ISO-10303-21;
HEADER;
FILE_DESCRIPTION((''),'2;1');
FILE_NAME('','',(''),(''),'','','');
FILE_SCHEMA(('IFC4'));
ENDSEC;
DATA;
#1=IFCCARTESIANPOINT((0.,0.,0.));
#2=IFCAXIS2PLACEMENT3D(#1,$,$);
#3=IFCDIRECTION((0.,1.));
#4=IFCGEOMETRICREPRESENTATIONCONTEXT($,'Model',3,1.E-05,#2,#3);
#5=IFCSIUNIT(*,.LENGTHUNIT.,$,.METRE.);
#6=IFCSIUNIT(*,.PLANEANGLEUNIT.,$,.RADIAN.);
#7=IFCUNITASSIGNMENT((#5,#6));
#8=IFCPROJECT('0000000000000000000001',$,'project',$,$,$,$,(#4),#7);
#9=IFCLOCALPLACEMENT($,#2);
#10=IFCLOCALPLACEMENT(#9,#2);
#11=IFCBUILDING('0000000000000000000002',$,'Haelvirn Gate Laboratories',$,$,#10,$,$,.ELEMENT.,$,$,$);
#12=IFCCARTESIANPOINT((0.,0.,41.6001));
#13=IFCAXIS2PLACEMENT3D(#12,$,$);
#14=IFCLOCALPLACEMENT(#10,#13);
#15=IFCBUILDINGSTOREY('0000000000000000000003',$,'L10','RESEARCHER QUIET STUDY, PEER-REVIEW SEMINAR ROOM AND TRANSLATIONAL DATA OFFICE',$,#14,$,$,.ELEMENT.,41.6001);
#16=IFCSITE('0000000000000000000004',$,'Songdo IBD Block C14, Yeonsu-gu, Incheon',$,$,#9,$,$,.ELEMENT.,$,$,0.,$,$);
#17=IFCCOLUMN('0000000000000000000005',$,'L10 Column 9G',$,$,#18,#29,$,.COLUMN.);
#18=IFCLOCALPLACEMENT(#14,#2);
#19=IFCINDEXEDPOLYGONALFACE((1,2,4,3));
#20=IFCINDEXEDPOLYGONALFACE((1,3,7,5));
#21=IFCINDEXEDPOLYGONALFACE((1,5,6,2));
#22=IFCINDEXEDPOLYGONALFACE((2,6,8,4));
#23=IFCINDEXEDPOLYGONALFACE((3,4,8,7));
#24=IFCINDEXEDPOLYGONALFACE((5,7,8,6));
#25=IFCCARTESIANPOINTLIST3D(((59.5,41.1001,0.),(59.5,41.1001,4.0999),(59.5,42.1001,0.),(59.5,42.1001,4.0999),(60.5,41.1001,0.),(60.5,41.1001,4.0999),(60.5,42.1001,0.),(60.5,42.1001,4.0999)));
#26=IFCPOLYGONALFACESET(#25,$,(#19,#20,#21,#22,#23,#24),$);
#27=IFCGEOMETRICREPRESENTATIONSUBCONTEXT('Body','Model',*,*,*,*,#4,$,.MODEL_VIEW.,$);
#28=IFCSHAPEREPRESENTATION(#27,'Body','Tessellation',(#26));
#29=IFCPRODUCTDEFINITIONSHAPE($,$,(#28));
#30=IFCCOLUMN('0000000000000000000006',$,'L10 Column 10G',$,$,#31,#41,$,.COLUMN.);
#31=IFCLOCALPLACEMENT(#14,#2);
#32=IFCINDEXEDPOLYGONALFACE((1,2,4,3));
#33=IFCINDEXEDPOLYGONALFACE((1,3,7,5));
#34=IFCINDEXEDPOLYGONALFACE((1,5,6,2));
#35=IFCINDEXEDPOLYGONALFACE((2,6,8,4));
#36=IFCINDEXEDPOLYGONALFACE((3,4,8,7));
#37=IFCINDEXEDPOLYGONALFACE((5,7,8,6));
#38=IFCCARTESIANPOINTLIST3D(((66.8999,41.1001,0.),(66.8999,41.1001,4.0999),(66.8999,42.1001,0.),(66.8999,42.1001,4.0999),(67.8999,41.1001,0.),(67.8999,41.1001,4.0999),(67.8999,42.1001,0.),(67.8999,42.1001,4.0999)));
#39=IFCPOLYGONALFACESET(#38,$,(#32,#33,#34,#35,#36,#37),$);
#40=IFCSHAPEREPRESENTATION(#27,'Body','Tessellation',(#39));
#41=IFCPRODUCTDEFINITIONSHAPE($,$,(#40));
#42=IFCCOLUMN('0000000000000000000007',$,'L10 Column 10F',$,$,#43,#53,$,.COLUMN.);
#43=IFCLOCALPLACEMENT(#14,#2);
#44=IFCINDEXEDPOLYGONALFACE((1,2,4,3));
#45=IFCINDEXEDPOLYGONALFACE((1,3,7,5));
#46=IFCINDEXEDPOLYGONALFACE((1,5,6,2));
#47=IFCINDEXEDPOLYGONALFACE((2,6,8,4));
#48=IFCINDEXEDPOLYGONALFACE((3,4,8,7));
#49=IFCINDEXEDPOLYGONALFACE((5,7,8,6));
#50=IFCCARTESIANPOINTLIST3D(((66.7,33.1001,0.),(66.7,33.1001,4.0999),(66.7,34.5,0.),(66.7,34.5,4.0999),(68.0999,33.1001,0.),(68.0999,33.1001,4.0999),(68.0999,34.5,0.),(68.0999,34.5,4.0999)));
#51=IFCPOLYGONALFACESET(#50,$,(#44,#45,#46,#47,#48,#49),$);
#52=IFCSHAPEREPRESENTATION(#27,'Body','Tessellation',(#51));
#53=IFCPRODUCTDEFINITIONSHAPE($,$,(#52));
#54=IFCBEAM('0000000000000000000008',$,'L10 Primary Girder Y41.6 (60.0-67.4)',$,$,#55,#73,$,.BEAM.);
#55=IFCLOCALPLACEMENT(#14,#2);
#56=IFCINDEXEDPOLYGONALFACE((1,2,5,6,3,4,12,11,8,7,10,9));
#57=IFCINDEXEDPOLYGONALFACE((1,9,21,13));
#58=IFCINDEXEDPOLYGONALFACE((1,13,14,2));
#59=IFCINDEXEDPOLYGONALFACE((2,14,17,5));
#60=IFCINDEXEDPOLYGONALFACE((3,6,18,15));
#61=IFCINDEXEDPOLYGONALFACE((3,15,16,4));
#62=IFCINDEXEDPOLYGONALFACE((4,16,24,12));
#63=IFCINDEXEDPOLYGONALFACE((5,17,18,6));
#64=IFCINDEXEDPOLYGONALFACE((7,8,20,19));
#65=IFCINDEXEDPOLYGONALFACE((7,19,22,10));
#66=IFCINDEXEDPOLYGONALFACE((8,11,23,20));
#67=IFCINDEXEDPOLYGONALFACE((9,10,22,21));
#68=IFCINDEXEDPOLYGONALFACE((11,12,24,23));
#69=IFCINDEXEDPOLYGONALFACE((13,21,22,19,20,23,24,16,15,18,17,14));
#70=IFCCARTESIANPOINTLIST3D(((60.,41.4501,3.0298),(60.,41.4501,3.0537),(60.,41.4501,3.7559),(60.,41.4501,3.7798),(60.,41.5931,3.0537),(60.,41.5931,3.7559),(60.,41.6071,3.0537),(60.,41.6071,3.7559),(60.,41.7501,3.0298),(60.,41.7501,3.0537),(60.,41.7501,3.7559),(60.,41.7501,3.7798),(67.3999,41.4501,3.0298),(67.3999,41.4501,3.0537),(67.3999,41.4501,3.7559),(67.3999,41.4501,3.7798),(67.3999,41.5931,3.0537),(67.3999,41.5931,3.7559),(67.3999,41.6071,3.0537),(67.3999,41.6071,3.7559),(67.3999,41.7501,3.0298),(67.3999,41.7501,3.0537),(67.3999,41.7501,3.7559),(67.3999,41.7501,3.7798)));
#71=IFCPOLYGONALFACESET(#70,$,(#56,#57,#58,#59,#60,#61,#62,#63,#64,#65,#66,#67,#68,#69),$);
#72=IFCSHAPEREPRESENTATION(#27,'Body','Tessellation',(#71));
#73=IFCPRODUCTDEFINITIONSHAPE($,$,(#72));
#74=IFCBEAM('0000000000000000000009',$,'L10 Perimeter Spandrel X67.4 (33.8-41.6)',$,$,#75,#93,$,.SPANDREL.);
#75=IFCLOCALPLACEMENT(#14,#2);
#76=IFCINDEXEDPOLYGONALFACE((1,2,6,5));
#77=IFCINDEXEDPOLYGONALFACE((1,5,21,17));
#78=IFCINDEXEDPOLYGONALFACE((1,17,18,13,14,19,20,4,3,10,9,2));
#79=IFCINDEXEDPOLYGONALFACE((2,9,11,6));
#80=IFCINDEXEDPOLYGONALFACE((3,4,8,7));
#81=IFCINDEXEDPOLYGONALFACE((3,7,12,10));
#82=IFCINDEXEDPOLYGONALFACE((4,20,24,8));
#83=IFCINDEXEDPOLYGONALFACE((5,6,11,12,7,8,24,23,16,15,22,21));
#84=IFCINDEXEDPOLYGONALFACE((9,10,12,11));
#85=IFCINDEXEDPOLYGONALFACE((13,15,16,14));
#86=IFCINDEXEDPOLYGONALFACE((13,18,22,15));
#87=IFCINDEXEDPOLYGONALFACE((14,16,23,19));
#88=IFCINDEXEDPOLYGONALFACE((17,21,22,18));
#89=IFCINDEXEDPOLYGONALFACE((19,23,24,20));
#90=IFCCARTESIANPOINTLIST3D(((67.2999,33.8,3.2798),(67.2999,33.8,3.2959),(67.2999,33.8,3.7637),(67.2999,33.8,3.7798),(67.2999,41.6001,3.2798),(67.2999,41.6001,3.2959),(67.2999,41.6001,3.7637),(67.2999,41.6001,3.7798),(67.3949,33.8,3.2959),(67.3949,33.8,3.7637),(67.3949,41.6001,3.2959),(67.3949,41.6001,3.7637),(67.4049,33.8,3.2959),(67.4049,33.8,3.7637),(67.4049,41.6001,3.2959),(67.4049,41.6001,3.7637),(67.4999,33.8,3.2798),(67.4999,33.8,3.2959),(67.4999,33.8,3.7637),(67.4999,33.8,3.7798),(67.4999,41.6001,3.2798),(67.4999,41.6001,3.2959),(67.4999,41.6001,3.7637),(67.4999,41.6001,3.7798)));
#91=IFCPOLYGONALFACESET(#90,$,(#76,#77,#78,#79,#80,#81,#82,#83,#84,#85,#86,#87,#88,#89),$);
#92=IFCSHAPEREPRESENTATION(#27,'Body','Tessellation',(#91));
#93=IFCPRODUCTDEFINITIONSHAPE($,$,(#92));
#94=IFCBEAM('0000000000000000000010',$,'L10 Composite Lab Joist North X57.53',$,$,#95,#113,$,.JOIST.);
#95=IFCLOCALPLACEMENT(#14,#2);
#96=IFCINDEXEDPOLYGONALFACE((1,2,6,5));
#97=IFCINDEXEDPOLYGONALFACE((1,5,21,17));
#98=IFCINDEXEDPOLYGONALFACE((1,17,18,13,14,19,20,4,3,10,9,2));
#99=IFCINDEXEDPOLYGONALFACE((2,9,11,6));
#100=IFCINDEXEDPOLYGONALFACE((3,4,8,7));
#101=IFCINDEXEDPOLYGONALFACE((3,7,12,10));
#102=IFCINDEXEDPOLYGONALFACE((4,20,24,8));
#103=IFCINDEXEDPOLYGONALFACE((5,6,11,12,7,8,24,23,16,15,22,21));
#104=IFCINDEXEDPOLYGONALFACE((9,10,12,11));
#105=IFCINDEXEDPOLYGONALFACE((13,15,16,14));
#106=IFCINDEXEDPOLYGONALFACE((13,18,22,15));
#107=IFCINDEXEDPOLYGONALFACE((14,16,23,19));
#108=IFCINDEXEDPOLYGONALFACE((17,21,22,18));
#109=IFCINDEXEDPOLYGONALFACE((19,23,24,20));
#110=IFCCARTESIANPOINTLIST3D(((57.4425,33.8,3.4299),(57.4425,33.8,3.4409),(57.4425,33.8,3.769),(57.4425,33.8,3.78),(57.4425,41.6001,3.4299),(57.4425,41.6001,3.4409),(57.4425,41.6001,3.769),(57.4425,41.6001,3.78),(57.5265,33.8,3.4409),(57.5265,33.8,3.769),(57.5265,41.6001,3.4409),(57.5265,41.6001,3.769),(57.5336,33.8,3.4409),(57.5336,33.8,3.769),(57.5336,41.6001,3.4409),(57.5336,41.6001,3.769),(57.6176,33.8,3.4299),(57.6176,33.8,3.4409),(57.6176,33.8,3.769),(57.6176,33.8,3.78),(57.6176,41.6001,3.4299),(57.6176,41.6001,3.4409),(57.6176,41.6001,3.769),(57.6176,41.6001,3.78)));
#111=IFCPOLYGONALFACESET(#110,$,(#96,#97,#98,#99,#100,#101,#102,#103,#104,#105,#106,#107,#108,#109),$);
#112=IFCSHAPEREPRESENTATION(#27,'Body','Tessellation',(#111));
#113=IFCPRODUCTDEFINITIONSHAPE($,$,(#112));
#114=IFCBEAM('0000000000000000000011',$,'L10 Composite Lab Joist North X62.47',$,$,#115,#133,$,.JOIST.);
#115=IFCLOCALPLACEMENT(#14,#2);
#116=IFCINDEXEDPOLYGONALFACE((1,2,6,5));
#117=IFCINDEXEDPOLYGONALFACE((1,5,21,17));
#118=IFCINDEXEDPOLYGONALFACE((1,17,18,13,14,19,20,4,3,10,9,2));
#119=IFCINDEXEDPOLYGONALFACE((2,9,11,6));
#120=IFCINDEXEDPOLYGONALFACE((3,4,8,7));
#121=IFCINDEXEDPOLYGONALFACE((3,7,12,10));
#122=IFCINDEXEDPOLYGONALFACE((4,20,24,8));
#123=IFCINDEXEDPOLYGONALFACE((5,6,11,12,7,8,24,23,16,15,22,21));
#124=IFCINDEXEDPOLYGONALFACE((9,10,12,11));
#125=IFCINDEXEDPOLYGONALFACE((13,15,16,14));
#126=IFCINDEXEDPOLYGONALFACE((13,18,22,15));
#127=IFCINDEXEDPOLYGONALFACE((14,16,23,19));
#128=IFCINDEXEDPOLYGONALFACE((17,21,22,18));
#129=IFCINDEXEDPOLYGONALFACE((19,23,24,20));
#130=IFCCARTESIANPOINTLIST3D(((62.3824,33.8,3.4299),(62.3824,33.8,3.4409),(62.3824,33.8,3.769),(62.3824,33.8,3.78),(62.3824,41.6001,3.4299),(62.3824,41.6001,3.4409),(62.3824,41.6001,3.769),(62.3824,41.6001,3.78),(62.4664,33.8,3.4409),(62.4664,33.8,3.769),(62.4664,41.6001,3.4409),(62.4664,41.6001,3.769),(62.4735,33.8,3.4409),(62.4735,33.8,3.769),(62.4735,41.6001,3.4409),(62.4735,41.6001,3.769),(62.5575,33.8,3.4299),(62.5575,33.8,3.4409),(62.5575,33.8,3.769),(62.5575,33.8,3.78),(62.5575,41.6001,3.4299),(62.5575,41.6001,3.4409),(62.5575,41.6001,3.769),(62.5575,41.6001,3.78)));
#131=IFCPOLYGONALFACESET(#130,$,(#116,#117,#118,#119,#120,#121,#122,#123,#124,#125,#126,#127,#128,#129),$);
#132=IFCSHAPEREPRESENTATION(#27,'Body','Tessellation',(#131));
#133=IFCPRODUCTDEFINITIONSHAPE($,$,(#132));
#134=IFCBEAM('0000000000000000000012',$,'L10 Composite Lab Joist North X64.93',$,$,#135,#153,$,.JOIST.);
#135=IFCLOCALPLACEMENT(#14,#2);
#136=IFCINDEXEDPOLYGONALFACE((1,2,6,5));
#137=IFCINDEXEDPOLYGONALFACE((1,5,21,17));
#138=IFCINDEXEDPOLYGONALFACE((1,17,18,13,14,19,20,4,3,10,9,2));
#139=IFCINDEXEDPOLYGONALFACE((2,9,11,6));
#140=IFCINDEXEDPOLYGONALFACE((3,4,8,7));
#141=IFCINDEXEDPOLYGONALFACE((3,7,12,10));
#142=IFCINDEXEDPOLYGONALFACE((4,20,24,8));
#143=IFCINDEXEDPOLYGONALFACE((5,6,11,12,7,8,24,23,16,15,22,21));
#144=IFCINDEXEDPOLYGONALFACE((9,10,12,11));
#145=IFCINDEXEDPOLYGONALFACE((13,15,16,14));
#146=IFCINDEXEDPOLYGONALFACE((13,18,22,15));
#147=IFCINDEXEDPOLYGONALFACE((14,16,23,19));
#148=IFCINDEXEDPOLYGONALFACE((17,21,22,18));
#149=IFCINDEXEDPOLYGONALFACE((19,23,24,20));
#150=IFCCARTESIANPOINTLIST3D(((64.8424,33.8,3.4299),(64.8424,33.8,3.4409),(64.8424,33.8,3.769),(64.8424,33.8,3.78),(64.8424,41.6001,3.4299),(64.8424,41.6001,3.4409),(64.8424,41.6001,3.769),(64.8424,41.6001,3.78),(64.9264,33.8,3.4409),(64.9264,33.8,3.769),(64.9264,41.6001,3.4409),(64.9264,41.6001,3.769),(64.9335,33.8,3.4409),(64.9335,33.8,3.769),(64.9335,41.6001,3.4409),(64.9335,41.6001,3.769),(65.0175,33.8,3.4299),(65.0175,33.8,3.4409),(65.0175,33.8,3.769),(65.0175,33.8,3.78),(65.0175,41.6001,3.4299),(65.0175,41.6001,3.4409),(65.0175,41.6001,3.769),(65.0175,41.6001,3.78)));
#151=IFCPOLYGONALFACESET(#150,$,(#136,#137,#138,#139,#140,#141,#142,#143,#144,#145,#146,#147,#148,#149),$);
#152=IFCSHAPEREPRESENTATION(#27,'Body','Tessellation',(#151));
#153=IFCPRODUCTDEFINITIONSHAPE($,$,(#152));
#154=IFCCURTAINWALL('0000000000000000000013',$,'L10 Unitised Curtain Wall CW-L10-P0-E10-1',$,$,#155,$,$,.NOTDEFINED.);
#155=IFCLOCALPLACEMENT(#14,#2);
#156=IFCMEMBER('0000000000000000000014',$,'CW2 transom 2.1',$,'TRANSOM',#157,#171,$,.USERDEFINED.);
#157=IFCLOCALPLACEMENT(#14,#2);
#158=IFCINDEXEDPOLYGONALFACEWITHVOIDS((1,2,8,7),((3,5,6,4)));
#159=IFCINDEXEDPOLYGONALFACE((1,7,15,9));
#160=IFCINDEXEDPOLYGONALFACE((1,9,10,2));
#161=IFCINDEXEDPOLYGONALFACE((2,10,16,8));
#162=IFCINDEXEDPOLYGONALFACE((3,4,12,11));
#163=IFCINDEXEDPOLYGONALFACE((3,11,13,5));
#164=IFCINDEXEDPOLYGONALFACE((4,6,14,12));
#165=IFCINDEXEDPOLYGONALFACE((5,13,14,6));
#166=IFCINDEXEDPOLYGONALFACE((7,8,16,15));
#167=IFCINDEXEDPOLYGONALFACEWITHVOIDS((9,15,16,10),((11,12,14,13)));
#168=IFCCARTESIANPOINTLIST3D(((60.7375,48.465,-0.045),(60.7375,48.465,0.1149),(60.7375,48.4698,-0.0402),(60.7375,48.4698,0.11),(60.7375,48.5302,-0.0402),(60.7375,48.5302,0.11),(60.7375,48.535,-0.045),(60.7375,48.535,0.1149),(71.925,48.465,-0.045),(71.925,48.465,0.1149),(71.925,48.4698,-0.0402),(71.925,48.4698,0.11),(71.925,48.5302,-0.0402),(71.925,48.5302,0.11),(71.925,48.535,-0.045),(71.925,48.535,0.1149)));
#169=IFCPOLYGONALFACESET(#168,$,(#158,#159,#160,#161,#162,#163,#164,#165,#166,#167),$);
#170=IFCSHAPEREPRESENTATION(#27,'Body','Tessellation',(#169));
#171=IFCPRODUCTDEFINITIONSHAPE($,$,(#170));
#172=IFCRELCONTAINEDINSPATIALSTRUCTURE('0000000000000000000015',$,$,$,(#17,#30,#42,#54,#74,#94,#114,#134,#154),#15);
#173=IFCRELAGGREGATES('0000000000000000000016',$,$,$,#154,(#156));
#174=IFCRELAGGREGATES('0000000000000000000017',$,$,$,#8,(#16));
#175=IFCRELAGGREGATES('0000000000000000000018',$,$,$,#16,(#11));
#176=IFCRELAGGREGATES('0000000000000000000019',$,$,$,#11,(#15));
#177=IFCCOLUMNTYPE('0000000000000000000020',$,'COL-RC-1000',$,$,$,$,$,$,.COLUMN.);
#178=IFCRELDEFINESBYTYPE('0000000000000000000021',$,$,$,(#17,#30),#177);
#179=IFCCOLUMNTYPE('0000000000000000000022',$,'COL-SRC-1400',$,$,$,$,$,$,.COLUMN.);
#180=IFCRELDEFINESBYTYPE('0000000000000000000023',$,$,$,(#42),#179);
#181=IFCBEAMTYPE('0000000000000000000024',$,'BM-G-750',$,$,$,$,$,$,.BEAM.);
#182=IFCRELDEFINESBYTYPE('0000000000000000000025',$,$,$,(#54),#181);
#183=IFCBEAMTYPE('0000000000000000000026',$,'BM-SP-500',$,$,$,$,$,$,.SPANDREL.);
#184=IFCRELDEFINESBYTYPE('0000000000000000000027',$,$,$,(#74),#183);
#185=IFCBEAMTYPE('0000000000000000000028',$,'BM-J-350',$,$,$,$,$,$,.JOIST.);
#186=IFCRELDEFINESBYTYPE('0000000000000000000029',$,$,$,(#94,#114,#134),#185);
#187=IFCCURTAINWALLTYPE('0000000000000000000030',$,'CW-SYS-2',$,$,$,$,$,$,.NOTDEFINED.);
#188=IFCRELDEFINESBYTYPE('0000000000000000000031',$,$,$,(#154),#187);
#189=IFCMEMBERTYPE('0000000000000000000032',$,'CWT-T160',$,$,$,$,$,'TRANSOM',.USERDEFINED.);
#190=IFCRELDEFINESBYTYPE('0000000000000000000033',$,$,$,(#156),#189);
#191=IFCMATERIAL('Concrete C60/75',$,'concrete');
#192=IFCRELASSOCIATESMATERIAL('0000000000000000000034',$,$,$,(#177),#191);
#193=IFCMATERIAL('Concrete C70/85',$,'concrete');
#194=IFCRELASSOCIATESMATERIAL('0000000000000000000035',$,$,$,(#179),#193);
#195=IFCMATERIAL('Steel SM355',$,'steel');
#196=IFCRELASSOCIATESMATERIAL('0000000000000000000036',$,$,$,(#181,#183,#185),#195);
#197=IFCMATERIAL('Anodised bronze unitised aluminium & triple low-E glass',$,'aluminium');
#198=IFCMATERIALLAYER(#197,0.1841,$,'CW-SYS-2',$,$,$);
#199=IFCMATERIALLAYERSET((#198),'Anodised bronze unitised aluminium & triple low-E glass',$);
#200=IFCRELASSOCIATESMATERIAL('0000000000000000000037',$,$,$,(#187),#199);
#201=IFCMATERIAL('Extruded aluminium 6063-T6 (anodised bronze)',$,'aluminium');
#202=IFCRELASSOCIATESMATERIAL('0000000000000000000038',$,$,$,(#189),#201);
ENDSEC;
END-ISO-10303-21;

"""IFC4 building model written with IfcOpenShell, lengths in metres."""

from ifc_helpers import new_model, si_unit, direction, frame, origin, origin_2d, place, context, subcontext, project, spatial, rectangle, hollow_rectangle, i_section, extrude, source, transform, mapped, material, layer, layer_set, material_profile, profile_set, type_object, type_shapes, element, aggregate, save


model = new_model("IFC4")

# Units and contexts
model_context = context("Model", 3, precision=1e-05, world=origin(), true_north=direction((0.0, 1.0)))
body_context = subcontext(model_context, "Body", "Model", "MODEL_VIEW")
ifc_project = project(units=[si_unit("LENGTHUNIT", "METRE"), si_unit("PLANEANGLEUNIT", "RADIAN")], contexts=[model_context])

# Site, building, storey
site_placement = place(None, origin())
site = spatial("IfcSite", under=ifc_project, at=site_placement, Name="Songdo IBD Block C14, Yeonsu-gu, Incheon", CompositionType="ELEMENT", RefElevation=0.0)
building_placement = place(site_placement, origin())
building = spatial("IfcBuilding", under=site, at=building_placement, Name="Haelvirn Gate Laboratories", CompositionType="ELEMENT")
storey_placement = place(building_placement, frame((0.0, 0.0, 41.6001)))
storey = spatial("IfcBuildingStorey", under=building, at=storey_placement, Name="L10", Description="RESEARCHER QUIET STUDY, PEER-REVIEW SEMINAR ROOM AND TRANSLATIONAL DATA OFFICE", CompositionType="ELEMENT", Elevation=41.6001)

# Columns
ifc_material_1 = material(Name="Concrete C60/75", Category="concrete")
ifc_material_profile_1 = material_profile(ifc_material_1, rectangle(XDim=1.0, YDim=1.0, at=origin_2d()), Name="RC-1000x1000")
ifc_profile_set_1 = profile_set([ifc_material_profile_1], Name="Concrete C60/75")
column_type_1 = type_object("IfcColumnType", Name="COL-RC-1000", PredefinedType="COLUMN", material=ifc_profile_set_1)
shared_shape_1 = source(origin(), body_context, "Body", "SweptSolid", [
    extrude(rectangle(XDim=1.0, YDim=1.0, at=origin_2d()), origin(), (0.0, 0.0, 1.0), 4.0999),
])
type_shapes(column_type_1, [shared_shape_1])
for number, where, z_axis, x_axis, name in (
    (1, (60.0, 41.6001, 0.0), (0.0, 0.0, 1.0), (1.0, 0.0, 0.0), "L10 Column 9G"),
    (2, (67.3999, 41.6001, 0.0), (0.0, 0.0, 1.0), (1.0, 0.0, 0.0), "L10 Column 10G"),
):
    element("IfcColumn", number, at=place(storey_placement, frame(where, z_axis=z_axis, x_axis=x_axis)), inside=storey, type_object=column_type_1, Name=name, PredefinedType="COLUMN", context=body_context, shape_type="MappedRepresentation", body=[
        mapped(shared_shape_1, transform((0.0, 0.0, 0.0), scale=1.0)),
    ])
ifc_material_2 = material(Name="Concrete C70/85", Category="concrete")
ifc_material_profile_2 = material_profile(ifc_material_2, rectangle(XDim=1.3999, YDim=1.3999, at=origin_2d()), Name="SRC-1400x1400")
ifc_profile_set_2 = profile_set([ifc_material_profile_2], Name="Concrete C70/85")
column_type_2 = type_object("IfcColumnType", Name="COL-SRC-1400", PredefinedType="COLUMN", material=ifc_profile_set_2)
shared_shape_2 = source(origin(), body_context, "Body", "SweptSolid", [
    extrude(rectangle(XDim=1.3999, YDim=1.3999, at=origin_2d()), origin(), (0.0, 0.0, 1.0), 4.0999),
])
type_shapes(column_type_2, [shared_shape_2])
column_placement = place(storey_placement, frame((67.3999, 33.8, 0.0), z_axis=(0.0, 0.0, 1.0), x_axis=(1.0, 0.0, 0.0)))
element("IfcColumn", 3, at=column_placement, inside=storey, type_object=column_type_2, Name="L10 Column 10F", PredefinedType="COLUMN", context=body_context, shape_type="MappedRepresentation", body=[
    mapped(shared_shape_2, transform((0.0, 0.0, 0.0), scale=1.0)),
])

# Beams
ifc_material_3 = material(Name="Steel SM355", Category="steel")
ifc_material_profile_3 = material_profile(ifc_material_3, i_section(OverallWidth=0.3, OverallDepth=0.75, WebThickness=0.0139, FlangeThickness=0.0239, at=origin_2d()), Name="H-750x300x14x24")
ifc_profile_set_3 = profile_set([ifc_material_profile_3], Name="Steel SM355")
beam_type_1 = type_object("IfcBeamType", Name="BM-G-750", PredefinedType="BEAM", material=ifc_profile_set_3)
shared_shape_3 = source(origin(), body_context, "Body", "SweptSolid", [
    extrude(i_section(OverallWidth=0.3, OverallDepth=0.75, WebThickness=0.0139, FlangeThickness=0.0239, at=origin_2d()), origin(), (0.0, 0.0, 1.0), 7.3999),
])
type_shapes(beam_type_1, [shared_shape_3])
beam_1_placement = place(storey_placement, frame((60.0, 41.6001, 3.4048), z_axis=(1.0, 0.0, 0.0), x_axis=(0.0, 1.0, 0.0)))
element("IfcBeam", 4, at=beam_1_placement, inside=storey, type_object=beam_type_1, Name="L10 Primary Girder Y41.6 (60.0-67.4)", PredefinedType="BEAM", context=body_context, shape_type="MappedRepresentation", body=[
    mapped(shared_shape_3, transform((0.0, 0.0, 0.0), scale=1.0)),
])
ifc_material_profile_4 = material_profile(ifc_material_3, i_section(OverallWidth=0.2, OverallDepth=0.5, WebThickness=0.01, FlangeThickness=0.0161, at=origin_2d()), Name="H-500x200x10x16")
ifc_profile_set_4 = profile_set([ifc_material_profile_4], Name="Steel SM355")
beam_type_2 = type_object("IfcBeamType", Name="BM-SP-500", PredefinedType="SPANDREL", material=ifc_profile_set_4)
shared_shape_4 = source(origin(), body_context, "Body", "SweptSolid", [
    extrude(i_section(OverallWidth=0.2, OverallDepth=0.5, WebThickness=0.01, FlangeThickness=0.0161, at=origin_2d()), origin(), (0.0, 0.0, 1.0), 7.8),
])
type_shapes(beam_type_2, [shared_shape_4])
beam_2_placement = place(storey_placement, frame((67.3999, 33.8, 3.5298), z_axis=(0.0, 1.0, 0.0), x_axis=(-1.0, 0.0, 0.0)))
element("IfcBeam", 5, at=beam_2_placement, inside=storey, type_object=beam_type_2, Name="L10 Perimeter Spandrel X67.4 (33.8-41.6)", PredefinedType="SPANDREL", context=body_context, shape_type="MappedRepresentation", body=[
    mapped(shared_shape_4, transform((0.0, 0.0, 0.0), scale=1.0)),
])
ifc_material_profile_5 = material_profile(ifc_material_3, i_section(OverallWidth=0.175, OverallDepth=0.3501, WebThickness=0.0071, FlangeThickness=0.011, at=origin_2d()), Name="H-350x175x7x11")
ifc_profile_set_5 = profile_set([ifc_material_profile_5], Name="Steel SM355")
beam_type_3 = type_object("IfcBeamType", Name="BM-J-350", PredefinedType="JOIST", material=ifc_profile_set_5)
shared_shape_5 = source(origin(), body_context, "Body", "SweptSolid", [
    extrude(i_section(OverallWidth=0.175, OverallDepth=0.3501, WebThickness=0.0071, FlangeThickness=0.011, at=origin_2d()), origin(), (0.0, 0.0, 1.0), 7.8),
])
type_shapes(beam_type_3, [shared_shape_5])
for number, where, z_axis, x_axis, name in (
    (6, (57.53, 33.8, 3.605), (0.0, 1.0, 0.0), (-1.0, 0.0, 0.0), "L10 Composite Lab Joist North X57.53"),
    (7, (62.47, 33.8, 3.605), (0.0, 1.0, 0.0), (-1.0, 0.0, 0.0), "L10 Composite Lab Joist North X62.47"),
    (8, (64.9299, 33.8, 3.605), (0.0, 1.0, 0.0), (-1.0, 0.0, 0.0), "L10 Composite Lab Joist North X64.93"),
):
    element("IfcBeam", number, at=place(storey_placement, frame(where, z_axis=z_axis, x_axis=x_axis)), inside=storey, type_object=beam_type_3, Name=name, PredefinedType="JOIST", context=body_context, shape_type="MappedRepresentation", body=[
        mapped(shared_shape_5, transform((0.0, 0.0, 0.0), scale=1.0)),
    ])

# Curtain wall, member
ifc_material_4 = material(Name="Anodised bronze unitised aluminium & triple low-E glass", Category="aluminium")
ifc_layer_1 = layer(ifc_material_4, 0.1841, Name="CW-SYS-2")
ifc_layer_set_1 = layer_set([ifc_layer_1], Name="Anodised bronze unitised aluminium & triple low-E glass")
curtain_wall_type_1 = type_object("IfcCurtainWallType", Name="CW-SYS-2", PredefinedType="NOTDEFINED", material=ifc_layer_set_1)
curtain_wall_1_placement = place(storey_placement, origin())
curtain_wall_1 = element("IfcCurtainWall", 9, at=curtain_wall_1_placement, inside=storey, type_object=curtain_wall_type_1, Name="L10 Unitised Curtain Wall CW-L10-P0-E10-1", PredefinedType="NOTDEFINED")
ifc_material_5 = material(Name="Extruded aluminium 6063-T6 (anodised bronze)", Category="aluminium")
ifc_material_profile_6 = material_profile(ifc_material_5, hollow_rectangle(XDim=0.0701, YDim=0.1599, WallThickness=0.0049, at=origin_2d()), Name="CWT-160x70x5")
ifc_profile_set_6 = profile_set([ifc_material_profile_6], Name="Extruded aluminium 6063-T6 (anodised bronze)")
member_type_1 = type_object("IfcMemberType", Name="CWT-T160", ElementType="TRANSOM", PredefinedType="USERDEFINED", material=ifc_profile_set_6)
shared_shape_6 = source(origin(), body_context, "Body", "SweptSolid", [
    extrude(hollow_rectangle(XDim=0.0701, YDim=0.1599, WallThickness=0.0049, at=origin_2d()), origin(), (0.0, 0.0, 1.0), 11.1875),
])
type_shapes(member_type_1, [shared_shape_6])
member_1_placement = place(storey_placement, frame((60.7375, 48.5, 0.0349), z_axis=(1.0, 0.0, 0.0), x_axis=(0.0, 1.0, 0.0)))
member_1 = element("IfcMember", 10, at=member_1_placement, type_object=member_type_1, Name="CW2 transom 2.1", ObjectType="TRANSOM", PredefinedType="USERDEFINED", context=body_context, shape_type="MappedRepresentation", body=[
    mapped(shared_shape_6, transform((0.0, 0.0, 0.0), scale=1.0)),
])

aggregate(curtain_wall_1, [member_1])

save(model, "model.ifc")
